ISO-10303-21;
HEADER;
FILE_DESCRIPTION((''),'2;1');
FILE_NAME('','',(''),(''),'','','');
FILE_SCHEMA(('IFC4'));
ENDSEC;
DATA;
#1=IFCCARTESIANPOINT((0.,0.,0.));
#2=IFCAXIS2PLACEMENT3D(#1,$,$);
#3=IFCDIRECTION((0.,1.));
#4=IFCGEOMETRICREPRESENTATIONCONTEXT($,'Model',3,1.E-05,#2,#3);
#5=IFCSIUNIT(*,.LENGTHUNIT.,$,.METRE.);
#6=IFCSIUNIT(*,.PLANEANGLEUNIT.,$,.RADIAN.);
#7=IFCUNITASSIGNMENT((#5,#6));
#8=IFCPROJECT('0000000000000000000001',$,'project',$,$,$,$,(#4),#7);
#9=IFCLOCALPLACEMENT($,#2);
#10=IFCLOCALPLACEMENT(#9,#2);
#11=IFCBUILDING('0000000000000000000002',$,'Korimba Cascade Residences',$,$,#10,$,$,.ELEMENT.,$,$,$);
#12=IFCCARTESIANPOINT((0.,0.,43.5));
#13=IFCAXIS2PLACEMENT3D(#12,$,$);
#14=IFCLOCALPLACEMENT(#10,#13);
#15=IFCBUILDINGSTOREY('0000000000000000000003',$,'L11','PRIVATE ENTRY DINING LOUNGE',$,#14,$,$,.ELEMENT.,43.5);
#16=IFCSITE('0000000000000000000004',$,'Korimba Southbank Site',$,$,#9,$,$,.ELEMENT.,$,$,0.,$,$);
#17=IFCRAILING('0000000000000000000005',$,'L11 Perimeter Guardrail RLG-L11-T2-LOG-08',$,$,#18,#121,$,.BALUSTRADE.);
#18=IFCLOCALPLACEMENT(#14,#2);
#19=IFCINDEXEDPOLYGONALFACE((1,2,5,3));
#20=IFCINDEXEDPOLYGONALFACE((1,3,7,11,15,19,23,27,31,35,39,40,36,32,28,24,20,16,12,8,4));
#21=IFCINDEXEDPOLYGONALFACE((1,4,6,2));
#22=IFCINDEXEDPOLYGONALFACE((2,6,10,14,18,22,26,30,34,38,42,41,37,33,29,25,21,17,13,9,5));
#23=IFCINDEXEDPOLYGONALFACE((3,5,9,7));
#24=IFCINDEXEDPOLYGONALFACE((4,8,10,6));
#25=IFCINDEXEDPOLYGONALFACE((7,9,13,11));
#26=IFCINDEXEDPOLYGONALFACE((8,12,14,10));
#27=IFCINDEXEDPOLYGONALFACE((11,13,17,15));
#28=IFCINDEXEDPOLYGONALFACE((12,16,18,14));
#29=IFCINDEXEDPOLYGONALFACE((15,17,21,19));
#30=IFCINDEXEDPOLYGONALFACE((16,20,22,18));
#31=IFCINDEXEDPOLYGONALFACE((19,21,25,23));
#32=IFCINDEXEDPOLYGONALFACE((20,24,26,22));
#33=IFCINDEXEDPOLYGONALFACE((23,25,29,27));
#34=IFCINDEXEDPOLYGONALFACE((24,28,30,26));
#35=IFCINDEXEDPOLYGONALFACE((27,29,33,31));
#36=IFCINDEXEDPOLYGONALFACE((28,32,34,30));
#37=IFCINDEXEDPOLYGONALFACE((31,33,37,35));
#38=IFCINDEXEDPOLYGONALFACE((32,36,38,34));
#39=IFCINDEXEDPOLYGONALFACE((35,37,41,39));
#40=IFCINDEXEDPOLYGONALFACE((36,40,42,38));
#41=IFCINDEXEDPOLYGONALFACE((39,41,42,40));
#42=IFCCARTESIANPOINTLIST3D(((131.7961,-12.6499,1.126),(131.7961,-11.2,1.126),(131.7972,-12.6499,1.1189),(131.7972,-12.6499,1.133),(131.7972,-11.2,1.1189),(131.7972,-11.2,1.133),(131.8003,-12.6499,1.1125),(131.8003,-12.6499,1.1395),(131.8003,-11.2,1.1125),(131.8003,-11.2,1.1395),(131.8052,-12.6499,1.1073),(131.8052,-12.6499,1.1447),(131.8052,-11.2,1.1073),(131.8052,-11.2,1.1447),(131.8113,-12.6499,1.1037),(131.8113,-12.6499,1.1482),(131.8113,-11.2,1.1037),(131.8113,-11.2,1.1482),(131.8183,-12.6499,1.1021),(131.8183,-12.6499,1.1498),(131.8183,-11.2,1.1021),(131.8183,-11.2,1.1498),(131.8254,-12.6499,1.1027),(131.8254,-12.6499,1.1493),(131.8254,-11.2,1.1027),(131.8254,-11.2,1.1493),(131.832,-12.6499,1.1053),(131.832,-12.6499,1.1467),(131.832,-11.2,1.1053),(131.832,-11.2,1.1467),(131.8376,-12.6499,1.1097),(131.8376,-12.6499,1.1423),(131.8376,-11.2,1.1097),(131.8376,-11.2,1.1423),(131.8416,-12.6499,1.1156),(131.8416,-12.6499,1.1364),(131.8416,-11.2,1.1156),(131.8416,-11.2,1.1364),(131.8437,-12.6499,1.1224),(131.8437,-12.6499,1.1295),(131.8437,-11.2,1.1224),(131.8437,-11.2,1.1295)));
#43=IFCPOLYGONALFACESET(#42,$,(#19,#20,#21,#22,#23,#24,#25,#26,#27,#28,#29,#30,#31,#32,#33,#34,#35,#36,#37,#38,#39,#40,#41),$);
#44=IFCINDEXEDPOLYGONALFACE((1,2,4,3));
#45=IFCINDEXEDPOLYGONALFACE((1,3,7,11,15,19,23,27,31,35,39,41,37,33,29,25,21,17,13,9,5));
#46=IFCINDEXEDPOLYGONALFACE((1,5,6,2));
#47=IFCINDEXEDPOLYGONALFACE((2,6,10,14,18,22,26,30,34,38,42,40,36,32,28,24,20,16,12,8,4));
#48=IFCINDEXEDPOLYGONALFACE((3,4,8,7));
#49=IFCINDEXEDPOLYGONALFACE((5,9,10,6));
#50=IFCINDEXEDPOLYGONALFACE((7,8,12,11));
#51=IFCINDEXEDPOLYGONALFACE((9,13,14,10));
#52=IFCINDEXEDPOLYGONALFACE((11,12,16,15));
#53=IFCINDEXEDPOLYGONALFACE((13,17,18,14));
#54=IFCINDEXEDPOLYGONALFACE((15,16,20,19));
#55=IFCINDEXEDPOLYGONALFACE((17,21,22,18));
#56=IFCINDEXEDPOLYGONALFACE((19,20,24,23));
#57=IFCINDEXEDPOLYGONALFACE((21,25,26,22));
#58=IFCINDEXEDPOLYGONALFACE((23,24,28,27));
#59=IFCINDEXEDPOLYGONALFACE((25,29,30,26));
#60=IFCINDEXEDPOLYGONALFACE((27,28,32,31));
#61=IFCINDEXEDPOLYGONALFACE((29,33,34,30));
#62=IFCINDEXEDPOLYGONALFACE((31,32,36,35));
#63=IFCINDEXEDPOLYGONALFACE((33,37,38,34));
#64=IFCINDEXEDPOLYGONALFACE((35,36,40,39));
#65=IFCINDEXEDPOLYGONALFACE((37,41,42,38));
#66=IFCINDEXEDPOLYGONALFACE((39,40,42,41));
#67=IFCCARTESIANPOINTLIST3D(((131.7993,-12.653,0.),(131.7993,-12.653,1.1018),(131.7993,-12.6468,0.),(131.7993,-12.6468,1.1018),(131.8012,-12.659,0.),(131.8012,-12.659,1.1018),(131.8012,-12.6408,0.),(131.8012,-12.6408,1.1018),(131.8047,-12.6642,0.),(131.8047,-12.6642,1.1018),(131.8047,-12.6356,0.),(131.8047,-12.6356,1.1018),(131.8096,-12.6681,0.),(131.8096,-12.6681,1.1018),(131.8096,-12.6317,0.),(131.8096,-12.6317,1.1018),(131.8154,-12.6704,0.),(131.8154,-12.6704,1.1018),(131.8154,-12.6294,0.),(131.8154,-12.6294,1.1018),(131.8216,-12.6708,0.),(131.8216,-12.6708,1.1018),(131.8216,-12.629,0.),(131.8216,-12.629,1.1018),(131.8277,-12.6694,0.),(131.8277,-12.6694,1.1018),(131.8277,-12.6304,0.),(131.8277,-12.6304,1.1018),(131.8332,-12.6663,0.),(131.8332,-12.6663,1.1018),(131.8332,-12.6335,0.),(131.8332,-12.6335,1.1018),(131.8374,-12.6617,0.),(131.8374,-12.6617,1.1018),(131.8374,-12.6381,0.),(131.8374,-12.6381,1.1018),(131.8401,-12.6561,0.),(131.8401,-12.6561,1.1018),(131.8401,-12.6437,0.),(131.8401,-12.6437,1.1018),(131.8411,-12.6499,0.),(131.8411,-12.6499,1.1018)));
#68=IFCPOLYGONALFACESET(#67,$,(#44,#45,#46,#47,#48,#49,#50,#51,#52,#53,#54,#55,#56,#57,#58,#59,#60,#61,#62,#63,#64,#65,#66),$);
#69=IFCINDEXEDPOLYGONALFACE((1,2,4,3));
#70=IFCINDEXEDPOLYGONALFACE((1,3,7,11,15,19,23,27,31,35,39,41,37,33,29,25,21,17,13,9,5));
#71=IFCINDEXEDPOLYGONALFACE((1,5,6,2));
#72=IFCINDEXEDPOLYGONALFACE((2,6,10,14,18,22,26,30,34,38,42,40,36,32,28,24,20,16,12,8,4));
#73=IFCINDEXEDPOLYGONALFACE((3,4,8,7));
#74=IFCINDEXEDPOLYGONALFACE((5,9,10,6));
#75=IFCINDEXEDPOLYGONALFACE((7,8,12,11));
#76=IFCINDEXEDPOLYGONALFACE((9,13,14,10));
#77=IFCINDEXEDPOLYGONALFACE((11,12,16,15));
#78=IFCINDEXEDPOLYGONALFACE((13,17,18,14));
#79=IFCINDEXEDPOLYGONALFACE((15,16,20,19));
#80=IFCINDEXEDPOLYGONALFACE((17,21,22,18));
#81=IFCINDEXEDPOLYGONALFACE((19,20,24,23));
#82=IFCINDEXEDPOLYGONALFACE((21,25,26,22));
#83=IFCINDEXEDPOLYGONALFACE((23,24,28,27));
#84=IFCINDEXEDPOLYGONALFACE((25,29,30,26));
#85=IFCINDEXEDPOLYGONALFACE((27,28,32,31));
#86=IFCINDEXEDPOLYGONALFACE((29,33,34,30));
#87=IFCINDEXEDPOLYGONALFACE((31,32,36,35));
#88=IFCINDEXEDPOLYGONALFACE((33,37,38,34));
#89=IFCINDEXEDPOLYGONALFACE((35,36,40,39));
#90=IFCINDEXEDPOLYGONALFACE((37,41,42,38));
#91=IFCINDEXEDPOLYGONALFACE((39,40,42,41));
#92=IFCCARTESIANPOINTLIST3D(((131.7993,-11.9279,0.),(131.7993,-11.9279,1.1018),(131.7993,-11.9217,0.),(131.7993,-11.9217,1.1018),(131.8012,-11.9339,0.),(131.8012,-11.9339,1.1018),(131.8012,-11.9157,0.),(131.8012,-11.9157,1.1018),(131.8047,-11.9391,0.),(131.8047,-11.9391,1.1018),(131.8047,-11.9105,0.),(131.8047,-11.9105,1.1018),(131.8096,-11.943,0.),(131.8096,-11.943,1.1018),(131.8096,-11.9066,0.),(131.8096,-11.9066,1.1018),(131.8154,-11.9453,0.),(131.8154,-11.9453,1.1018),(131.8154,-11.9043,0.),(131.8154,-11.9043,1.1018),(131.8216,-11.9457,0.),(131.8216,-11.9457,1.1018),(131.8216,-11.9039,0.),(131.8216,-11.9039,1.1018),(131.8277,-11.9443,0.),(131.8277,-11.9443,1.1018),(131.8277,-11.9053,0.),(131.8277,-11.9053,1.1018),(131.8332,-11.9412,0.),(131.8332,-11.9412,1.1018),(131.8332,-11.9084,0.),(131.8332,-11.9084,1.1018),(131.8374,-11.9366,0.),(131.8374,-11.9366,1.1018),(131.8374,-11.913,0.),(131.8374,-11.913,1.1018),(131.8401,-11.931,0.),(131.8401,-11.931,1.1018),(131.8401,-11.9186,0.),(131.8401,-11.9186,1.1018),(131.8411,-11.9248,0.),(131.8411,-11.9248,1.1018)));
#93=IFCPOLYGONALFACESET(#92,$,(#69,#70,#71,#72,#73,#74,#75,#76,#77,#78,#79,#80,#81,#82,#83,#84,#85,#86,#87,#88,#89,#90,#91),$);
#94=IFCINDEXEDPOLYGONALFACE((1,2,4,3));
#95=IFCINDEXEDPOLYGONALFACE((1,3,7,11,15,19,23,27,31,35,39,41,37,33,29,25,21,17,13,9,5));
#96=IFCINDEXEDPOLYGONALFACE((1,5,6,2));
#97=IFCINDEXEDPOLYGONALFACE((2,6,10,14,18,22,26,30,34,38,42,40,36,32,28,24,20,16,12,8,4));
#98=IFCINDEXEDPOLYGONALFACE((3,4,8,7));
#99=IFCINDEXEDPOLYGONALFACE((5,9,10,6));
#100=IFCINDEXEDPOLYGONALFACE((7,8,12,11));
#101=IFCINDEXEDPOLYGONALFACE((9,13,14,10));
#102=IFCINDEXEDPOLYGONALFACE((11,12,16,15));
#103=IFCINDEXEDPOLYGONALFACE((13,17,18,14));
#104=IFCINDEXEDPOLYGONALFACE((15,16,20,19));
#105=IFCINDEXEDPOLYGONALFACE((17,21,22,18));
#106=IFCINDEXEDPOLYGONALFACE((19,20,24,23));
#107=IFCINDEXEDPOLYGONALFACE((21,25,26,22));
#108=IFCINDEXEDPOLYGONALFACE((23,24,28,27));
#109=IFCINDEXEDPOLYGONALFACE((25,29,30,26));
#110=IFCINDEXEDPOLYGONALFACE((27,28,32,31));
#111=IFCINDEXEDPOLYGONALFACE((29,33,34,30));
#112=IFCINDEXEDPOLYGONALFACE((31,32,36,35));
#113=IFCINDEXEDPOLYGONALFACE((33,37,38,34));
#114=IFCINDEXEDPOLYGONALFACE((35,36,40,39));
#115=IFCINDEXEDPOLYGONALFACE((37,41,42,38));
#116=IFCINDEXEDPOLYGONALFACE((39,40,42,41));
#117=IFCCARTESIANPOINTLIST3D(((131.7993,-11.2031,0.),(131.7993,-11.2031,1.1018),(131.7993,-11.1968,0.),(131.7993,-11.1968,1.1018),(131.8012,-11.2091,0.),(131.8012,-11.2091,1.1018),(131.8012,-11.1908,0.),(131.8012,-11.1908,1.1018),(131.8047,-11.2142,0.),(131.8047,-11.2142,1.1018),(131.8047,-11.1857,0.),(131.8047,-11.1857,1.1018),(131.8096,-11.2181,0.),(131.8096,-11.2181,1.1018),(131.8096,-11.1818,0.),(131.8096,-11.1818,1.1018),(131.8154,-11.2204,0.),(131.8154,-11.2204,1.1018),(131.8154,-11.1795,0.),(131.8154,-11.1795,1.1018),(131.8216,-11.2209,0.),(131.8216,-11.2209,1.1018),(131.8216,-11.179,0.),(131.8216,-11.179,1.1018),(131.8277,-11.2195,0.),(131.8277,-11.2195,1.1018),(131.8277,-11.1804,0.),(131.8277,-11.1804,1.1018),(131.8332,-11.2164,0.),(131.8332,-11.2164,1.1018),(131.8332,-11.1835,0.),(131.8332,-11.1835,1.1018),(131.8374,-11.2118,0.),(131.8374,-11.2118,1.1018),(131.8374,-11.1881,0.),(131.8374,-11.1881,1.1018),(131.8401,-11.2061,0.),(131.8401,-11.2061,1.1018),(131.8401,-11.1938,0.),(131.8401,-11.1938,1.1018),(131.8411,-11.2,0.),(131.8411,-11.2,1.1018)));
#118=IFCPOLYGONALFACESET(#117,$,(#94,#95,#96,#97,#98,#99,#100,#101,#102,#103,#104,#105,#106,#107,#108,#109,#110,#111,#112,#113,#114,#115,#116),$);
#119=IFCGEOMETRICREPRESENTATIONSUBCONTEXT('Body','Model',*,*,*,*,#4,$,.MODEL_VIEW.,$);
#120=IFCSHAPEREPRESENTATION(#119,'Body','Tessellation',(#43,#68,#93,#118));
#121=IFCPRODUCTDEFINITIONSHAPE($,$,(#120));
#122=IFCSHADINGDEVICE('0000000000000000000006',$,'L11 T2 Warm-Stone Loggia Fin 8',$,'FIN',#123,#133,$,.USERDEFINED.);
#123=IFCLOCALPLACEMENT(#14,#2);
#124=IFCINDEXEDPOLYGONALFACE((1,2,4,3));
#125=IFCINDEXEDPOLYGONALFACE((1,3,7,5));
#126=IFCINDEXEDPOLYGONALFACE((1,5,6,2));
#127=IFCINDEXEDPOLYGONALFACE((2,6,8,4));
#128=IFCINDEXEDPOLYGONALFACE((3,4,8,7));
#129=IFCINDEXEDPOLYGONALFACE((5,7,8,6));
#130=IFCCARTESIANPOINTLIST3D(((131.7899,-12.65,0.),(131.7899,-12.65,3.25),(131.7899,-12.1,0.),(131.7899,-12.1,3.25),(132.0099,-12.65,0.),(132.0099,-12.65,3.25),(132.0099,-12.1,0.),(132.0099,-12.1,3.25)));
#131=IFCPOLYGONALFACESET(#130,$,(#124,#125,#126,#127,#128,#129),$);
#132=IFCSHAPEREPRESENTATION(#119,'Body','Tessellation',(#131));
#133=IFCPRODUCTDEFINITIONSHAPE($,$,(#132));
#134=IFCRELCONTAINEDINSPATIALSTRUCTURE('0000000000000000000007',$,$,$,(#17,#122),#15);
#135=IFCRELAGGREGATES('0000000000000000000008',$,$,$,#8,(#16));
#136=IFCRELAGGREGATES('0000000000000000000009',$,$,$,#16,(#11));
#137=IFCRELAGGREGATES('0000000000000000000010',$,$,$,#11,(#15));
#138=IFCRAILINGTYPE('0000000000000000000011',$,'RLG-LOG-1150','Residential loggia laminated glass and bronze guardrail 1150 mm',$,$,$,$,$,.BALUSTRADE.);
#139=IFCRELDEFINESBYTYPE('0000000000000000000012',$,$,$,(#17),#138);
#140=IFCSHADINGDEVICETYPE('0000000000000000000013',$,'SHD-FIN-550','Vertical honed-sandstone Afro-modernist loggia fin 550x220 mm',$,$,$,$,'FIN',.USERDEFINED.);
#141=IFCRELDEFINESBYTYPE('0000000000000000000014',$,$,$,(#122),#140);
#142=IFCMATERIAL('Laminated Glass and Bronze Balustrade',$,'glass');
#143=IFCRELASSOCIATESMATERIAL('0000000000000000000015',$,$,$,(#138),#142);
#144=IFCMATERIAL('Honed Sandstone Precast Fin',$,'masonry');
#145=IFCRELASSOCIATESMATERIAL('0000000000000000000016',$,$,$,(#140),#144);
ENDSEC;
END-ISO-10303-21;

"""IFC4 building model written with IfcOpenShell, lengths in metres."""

from ifc_helpers import new_model, si_unit, direction, frame, origin, origin_2d, place, context, subcontext, project, spatial, rectangle, circle, extrude, material, type_object, element, save


model = new_model("IFC4")

# Units and contexts
model_context = context("Model", 3, precision=1e-05, world=origin(), true_north=direction((0.0, 1.0)))
body_context = subcontext(model_context, "Body", "Model", "MODEL_VIEW")
ifc_project = project(units=[si_unit("LENGTHUNIT", "METRE"), si_unit("PLANEANGLEUNIT", "RADIAN")], contexts=[model_context])

# Site, building, storey
site_placement = place(None, origin())
site = spatial("IfcSite", under=ifc_project, at=site_placement, Name="Korimba Southbank Site", CompositionType="ELEMENT", RefElevation=0.0)
building_placement = place(site_placement, origin())
building = spatial("IfcBuilding", under=site, at=building_placement, Name="Korimba Cascade Residences", CompositionType="ELEMENT")
storey_placement = place(building_placement, frame((0.0, 0.0, 43.5)))
storey = spatial("IfcBuildingStorey", under=building, at=storey_placement, Name="L11", Description="PRIVATE ENTRY DINING LOUNGE", CompositionType="ELEMENT", Elevation=43.5)

# Railing
ifc_material_1 = material(Name="Laminated Glass and Bronze Balustrade", Category="glass")
railing_type = type_object("IfcRailingType", Name="RLG-LOG-1150", Description="Residential loggia laminated glass and bronze guardrail 1150 mm", PredefinedType="BALUSTRADE", material=ifc_material_1)
railing_placement = place(storey_placement, frame((131.8201, -12.6499, 0.0)))
element("IfcRailing", 1, at=railing_placement, inside=storey, type_object=railing_type, Name="L11 Perimeter Guardrail RLG-L11-T2-LOG-08", PredefinedType="BALUSTRADE", context=body_context, shape_type="SweptSolid", body=[
    extrude(circle(Radius=0.0239, at=origin_2d()), frame((0.0, 0.0, 1.126), z_axis=(0.0, 1.0, 0.0), x_axis=(-1.0, 0.0, 0.0)), (0.0, 0.0, 1.0), 1.45),
    extrude(circle(Radius=0.021, at=origin_2d()), origin(), (0.0, 0.0, 1.0), 1.1018),
    extrude(circle(Radius=0.021, at=origin_2d()), frame((0.0, 0.7251, 0.0)), (0.0, 0.0, 1.0), 1.1018),
    extrude(circle(Radius=0.021, at=origin_2d()), frame((0.0, 1.45, 0.0)), (0.0, 0.0, 1.0), 1.1018),
])

# Shading device
ifc_material_2 = material(Name="Honed Sandstone Precast Fin", Category="masonry")
shading_device_type = type_object("IfcShadingDeviceType", Name="SHD-FIN-550", Description="Vertical honed-sandstone Afro-modernist loggia fin 550x220 mm", ElementType="FIN", PredefinedType="USERDEFINED", material=ifc_material_2)
shading_device_placement = place(storey_placement, frame((131.8999, -12.375, 0.0), z_axis=(0.0, 0.0, 1.0), x_axis=(1.0, 0.0, 0.0)))
element("IfcShadingDevice", 2, at=shading_device_placement, inside=storey, type_object=shading_device_type, Name="L11 T2 Warm-Stone Loggia Fin 8", ObjectType="FIN", PredefinedType="USERDEFINED", context=body_context, shape_type="SweptSolid", body=[
    extrude(rectangle(XDim=0.22, YDim=0.55, at=origin_2d()), origin(), (0.0, 0.0, 1.0), 3.25),
])

save(model, "model.ifc")
